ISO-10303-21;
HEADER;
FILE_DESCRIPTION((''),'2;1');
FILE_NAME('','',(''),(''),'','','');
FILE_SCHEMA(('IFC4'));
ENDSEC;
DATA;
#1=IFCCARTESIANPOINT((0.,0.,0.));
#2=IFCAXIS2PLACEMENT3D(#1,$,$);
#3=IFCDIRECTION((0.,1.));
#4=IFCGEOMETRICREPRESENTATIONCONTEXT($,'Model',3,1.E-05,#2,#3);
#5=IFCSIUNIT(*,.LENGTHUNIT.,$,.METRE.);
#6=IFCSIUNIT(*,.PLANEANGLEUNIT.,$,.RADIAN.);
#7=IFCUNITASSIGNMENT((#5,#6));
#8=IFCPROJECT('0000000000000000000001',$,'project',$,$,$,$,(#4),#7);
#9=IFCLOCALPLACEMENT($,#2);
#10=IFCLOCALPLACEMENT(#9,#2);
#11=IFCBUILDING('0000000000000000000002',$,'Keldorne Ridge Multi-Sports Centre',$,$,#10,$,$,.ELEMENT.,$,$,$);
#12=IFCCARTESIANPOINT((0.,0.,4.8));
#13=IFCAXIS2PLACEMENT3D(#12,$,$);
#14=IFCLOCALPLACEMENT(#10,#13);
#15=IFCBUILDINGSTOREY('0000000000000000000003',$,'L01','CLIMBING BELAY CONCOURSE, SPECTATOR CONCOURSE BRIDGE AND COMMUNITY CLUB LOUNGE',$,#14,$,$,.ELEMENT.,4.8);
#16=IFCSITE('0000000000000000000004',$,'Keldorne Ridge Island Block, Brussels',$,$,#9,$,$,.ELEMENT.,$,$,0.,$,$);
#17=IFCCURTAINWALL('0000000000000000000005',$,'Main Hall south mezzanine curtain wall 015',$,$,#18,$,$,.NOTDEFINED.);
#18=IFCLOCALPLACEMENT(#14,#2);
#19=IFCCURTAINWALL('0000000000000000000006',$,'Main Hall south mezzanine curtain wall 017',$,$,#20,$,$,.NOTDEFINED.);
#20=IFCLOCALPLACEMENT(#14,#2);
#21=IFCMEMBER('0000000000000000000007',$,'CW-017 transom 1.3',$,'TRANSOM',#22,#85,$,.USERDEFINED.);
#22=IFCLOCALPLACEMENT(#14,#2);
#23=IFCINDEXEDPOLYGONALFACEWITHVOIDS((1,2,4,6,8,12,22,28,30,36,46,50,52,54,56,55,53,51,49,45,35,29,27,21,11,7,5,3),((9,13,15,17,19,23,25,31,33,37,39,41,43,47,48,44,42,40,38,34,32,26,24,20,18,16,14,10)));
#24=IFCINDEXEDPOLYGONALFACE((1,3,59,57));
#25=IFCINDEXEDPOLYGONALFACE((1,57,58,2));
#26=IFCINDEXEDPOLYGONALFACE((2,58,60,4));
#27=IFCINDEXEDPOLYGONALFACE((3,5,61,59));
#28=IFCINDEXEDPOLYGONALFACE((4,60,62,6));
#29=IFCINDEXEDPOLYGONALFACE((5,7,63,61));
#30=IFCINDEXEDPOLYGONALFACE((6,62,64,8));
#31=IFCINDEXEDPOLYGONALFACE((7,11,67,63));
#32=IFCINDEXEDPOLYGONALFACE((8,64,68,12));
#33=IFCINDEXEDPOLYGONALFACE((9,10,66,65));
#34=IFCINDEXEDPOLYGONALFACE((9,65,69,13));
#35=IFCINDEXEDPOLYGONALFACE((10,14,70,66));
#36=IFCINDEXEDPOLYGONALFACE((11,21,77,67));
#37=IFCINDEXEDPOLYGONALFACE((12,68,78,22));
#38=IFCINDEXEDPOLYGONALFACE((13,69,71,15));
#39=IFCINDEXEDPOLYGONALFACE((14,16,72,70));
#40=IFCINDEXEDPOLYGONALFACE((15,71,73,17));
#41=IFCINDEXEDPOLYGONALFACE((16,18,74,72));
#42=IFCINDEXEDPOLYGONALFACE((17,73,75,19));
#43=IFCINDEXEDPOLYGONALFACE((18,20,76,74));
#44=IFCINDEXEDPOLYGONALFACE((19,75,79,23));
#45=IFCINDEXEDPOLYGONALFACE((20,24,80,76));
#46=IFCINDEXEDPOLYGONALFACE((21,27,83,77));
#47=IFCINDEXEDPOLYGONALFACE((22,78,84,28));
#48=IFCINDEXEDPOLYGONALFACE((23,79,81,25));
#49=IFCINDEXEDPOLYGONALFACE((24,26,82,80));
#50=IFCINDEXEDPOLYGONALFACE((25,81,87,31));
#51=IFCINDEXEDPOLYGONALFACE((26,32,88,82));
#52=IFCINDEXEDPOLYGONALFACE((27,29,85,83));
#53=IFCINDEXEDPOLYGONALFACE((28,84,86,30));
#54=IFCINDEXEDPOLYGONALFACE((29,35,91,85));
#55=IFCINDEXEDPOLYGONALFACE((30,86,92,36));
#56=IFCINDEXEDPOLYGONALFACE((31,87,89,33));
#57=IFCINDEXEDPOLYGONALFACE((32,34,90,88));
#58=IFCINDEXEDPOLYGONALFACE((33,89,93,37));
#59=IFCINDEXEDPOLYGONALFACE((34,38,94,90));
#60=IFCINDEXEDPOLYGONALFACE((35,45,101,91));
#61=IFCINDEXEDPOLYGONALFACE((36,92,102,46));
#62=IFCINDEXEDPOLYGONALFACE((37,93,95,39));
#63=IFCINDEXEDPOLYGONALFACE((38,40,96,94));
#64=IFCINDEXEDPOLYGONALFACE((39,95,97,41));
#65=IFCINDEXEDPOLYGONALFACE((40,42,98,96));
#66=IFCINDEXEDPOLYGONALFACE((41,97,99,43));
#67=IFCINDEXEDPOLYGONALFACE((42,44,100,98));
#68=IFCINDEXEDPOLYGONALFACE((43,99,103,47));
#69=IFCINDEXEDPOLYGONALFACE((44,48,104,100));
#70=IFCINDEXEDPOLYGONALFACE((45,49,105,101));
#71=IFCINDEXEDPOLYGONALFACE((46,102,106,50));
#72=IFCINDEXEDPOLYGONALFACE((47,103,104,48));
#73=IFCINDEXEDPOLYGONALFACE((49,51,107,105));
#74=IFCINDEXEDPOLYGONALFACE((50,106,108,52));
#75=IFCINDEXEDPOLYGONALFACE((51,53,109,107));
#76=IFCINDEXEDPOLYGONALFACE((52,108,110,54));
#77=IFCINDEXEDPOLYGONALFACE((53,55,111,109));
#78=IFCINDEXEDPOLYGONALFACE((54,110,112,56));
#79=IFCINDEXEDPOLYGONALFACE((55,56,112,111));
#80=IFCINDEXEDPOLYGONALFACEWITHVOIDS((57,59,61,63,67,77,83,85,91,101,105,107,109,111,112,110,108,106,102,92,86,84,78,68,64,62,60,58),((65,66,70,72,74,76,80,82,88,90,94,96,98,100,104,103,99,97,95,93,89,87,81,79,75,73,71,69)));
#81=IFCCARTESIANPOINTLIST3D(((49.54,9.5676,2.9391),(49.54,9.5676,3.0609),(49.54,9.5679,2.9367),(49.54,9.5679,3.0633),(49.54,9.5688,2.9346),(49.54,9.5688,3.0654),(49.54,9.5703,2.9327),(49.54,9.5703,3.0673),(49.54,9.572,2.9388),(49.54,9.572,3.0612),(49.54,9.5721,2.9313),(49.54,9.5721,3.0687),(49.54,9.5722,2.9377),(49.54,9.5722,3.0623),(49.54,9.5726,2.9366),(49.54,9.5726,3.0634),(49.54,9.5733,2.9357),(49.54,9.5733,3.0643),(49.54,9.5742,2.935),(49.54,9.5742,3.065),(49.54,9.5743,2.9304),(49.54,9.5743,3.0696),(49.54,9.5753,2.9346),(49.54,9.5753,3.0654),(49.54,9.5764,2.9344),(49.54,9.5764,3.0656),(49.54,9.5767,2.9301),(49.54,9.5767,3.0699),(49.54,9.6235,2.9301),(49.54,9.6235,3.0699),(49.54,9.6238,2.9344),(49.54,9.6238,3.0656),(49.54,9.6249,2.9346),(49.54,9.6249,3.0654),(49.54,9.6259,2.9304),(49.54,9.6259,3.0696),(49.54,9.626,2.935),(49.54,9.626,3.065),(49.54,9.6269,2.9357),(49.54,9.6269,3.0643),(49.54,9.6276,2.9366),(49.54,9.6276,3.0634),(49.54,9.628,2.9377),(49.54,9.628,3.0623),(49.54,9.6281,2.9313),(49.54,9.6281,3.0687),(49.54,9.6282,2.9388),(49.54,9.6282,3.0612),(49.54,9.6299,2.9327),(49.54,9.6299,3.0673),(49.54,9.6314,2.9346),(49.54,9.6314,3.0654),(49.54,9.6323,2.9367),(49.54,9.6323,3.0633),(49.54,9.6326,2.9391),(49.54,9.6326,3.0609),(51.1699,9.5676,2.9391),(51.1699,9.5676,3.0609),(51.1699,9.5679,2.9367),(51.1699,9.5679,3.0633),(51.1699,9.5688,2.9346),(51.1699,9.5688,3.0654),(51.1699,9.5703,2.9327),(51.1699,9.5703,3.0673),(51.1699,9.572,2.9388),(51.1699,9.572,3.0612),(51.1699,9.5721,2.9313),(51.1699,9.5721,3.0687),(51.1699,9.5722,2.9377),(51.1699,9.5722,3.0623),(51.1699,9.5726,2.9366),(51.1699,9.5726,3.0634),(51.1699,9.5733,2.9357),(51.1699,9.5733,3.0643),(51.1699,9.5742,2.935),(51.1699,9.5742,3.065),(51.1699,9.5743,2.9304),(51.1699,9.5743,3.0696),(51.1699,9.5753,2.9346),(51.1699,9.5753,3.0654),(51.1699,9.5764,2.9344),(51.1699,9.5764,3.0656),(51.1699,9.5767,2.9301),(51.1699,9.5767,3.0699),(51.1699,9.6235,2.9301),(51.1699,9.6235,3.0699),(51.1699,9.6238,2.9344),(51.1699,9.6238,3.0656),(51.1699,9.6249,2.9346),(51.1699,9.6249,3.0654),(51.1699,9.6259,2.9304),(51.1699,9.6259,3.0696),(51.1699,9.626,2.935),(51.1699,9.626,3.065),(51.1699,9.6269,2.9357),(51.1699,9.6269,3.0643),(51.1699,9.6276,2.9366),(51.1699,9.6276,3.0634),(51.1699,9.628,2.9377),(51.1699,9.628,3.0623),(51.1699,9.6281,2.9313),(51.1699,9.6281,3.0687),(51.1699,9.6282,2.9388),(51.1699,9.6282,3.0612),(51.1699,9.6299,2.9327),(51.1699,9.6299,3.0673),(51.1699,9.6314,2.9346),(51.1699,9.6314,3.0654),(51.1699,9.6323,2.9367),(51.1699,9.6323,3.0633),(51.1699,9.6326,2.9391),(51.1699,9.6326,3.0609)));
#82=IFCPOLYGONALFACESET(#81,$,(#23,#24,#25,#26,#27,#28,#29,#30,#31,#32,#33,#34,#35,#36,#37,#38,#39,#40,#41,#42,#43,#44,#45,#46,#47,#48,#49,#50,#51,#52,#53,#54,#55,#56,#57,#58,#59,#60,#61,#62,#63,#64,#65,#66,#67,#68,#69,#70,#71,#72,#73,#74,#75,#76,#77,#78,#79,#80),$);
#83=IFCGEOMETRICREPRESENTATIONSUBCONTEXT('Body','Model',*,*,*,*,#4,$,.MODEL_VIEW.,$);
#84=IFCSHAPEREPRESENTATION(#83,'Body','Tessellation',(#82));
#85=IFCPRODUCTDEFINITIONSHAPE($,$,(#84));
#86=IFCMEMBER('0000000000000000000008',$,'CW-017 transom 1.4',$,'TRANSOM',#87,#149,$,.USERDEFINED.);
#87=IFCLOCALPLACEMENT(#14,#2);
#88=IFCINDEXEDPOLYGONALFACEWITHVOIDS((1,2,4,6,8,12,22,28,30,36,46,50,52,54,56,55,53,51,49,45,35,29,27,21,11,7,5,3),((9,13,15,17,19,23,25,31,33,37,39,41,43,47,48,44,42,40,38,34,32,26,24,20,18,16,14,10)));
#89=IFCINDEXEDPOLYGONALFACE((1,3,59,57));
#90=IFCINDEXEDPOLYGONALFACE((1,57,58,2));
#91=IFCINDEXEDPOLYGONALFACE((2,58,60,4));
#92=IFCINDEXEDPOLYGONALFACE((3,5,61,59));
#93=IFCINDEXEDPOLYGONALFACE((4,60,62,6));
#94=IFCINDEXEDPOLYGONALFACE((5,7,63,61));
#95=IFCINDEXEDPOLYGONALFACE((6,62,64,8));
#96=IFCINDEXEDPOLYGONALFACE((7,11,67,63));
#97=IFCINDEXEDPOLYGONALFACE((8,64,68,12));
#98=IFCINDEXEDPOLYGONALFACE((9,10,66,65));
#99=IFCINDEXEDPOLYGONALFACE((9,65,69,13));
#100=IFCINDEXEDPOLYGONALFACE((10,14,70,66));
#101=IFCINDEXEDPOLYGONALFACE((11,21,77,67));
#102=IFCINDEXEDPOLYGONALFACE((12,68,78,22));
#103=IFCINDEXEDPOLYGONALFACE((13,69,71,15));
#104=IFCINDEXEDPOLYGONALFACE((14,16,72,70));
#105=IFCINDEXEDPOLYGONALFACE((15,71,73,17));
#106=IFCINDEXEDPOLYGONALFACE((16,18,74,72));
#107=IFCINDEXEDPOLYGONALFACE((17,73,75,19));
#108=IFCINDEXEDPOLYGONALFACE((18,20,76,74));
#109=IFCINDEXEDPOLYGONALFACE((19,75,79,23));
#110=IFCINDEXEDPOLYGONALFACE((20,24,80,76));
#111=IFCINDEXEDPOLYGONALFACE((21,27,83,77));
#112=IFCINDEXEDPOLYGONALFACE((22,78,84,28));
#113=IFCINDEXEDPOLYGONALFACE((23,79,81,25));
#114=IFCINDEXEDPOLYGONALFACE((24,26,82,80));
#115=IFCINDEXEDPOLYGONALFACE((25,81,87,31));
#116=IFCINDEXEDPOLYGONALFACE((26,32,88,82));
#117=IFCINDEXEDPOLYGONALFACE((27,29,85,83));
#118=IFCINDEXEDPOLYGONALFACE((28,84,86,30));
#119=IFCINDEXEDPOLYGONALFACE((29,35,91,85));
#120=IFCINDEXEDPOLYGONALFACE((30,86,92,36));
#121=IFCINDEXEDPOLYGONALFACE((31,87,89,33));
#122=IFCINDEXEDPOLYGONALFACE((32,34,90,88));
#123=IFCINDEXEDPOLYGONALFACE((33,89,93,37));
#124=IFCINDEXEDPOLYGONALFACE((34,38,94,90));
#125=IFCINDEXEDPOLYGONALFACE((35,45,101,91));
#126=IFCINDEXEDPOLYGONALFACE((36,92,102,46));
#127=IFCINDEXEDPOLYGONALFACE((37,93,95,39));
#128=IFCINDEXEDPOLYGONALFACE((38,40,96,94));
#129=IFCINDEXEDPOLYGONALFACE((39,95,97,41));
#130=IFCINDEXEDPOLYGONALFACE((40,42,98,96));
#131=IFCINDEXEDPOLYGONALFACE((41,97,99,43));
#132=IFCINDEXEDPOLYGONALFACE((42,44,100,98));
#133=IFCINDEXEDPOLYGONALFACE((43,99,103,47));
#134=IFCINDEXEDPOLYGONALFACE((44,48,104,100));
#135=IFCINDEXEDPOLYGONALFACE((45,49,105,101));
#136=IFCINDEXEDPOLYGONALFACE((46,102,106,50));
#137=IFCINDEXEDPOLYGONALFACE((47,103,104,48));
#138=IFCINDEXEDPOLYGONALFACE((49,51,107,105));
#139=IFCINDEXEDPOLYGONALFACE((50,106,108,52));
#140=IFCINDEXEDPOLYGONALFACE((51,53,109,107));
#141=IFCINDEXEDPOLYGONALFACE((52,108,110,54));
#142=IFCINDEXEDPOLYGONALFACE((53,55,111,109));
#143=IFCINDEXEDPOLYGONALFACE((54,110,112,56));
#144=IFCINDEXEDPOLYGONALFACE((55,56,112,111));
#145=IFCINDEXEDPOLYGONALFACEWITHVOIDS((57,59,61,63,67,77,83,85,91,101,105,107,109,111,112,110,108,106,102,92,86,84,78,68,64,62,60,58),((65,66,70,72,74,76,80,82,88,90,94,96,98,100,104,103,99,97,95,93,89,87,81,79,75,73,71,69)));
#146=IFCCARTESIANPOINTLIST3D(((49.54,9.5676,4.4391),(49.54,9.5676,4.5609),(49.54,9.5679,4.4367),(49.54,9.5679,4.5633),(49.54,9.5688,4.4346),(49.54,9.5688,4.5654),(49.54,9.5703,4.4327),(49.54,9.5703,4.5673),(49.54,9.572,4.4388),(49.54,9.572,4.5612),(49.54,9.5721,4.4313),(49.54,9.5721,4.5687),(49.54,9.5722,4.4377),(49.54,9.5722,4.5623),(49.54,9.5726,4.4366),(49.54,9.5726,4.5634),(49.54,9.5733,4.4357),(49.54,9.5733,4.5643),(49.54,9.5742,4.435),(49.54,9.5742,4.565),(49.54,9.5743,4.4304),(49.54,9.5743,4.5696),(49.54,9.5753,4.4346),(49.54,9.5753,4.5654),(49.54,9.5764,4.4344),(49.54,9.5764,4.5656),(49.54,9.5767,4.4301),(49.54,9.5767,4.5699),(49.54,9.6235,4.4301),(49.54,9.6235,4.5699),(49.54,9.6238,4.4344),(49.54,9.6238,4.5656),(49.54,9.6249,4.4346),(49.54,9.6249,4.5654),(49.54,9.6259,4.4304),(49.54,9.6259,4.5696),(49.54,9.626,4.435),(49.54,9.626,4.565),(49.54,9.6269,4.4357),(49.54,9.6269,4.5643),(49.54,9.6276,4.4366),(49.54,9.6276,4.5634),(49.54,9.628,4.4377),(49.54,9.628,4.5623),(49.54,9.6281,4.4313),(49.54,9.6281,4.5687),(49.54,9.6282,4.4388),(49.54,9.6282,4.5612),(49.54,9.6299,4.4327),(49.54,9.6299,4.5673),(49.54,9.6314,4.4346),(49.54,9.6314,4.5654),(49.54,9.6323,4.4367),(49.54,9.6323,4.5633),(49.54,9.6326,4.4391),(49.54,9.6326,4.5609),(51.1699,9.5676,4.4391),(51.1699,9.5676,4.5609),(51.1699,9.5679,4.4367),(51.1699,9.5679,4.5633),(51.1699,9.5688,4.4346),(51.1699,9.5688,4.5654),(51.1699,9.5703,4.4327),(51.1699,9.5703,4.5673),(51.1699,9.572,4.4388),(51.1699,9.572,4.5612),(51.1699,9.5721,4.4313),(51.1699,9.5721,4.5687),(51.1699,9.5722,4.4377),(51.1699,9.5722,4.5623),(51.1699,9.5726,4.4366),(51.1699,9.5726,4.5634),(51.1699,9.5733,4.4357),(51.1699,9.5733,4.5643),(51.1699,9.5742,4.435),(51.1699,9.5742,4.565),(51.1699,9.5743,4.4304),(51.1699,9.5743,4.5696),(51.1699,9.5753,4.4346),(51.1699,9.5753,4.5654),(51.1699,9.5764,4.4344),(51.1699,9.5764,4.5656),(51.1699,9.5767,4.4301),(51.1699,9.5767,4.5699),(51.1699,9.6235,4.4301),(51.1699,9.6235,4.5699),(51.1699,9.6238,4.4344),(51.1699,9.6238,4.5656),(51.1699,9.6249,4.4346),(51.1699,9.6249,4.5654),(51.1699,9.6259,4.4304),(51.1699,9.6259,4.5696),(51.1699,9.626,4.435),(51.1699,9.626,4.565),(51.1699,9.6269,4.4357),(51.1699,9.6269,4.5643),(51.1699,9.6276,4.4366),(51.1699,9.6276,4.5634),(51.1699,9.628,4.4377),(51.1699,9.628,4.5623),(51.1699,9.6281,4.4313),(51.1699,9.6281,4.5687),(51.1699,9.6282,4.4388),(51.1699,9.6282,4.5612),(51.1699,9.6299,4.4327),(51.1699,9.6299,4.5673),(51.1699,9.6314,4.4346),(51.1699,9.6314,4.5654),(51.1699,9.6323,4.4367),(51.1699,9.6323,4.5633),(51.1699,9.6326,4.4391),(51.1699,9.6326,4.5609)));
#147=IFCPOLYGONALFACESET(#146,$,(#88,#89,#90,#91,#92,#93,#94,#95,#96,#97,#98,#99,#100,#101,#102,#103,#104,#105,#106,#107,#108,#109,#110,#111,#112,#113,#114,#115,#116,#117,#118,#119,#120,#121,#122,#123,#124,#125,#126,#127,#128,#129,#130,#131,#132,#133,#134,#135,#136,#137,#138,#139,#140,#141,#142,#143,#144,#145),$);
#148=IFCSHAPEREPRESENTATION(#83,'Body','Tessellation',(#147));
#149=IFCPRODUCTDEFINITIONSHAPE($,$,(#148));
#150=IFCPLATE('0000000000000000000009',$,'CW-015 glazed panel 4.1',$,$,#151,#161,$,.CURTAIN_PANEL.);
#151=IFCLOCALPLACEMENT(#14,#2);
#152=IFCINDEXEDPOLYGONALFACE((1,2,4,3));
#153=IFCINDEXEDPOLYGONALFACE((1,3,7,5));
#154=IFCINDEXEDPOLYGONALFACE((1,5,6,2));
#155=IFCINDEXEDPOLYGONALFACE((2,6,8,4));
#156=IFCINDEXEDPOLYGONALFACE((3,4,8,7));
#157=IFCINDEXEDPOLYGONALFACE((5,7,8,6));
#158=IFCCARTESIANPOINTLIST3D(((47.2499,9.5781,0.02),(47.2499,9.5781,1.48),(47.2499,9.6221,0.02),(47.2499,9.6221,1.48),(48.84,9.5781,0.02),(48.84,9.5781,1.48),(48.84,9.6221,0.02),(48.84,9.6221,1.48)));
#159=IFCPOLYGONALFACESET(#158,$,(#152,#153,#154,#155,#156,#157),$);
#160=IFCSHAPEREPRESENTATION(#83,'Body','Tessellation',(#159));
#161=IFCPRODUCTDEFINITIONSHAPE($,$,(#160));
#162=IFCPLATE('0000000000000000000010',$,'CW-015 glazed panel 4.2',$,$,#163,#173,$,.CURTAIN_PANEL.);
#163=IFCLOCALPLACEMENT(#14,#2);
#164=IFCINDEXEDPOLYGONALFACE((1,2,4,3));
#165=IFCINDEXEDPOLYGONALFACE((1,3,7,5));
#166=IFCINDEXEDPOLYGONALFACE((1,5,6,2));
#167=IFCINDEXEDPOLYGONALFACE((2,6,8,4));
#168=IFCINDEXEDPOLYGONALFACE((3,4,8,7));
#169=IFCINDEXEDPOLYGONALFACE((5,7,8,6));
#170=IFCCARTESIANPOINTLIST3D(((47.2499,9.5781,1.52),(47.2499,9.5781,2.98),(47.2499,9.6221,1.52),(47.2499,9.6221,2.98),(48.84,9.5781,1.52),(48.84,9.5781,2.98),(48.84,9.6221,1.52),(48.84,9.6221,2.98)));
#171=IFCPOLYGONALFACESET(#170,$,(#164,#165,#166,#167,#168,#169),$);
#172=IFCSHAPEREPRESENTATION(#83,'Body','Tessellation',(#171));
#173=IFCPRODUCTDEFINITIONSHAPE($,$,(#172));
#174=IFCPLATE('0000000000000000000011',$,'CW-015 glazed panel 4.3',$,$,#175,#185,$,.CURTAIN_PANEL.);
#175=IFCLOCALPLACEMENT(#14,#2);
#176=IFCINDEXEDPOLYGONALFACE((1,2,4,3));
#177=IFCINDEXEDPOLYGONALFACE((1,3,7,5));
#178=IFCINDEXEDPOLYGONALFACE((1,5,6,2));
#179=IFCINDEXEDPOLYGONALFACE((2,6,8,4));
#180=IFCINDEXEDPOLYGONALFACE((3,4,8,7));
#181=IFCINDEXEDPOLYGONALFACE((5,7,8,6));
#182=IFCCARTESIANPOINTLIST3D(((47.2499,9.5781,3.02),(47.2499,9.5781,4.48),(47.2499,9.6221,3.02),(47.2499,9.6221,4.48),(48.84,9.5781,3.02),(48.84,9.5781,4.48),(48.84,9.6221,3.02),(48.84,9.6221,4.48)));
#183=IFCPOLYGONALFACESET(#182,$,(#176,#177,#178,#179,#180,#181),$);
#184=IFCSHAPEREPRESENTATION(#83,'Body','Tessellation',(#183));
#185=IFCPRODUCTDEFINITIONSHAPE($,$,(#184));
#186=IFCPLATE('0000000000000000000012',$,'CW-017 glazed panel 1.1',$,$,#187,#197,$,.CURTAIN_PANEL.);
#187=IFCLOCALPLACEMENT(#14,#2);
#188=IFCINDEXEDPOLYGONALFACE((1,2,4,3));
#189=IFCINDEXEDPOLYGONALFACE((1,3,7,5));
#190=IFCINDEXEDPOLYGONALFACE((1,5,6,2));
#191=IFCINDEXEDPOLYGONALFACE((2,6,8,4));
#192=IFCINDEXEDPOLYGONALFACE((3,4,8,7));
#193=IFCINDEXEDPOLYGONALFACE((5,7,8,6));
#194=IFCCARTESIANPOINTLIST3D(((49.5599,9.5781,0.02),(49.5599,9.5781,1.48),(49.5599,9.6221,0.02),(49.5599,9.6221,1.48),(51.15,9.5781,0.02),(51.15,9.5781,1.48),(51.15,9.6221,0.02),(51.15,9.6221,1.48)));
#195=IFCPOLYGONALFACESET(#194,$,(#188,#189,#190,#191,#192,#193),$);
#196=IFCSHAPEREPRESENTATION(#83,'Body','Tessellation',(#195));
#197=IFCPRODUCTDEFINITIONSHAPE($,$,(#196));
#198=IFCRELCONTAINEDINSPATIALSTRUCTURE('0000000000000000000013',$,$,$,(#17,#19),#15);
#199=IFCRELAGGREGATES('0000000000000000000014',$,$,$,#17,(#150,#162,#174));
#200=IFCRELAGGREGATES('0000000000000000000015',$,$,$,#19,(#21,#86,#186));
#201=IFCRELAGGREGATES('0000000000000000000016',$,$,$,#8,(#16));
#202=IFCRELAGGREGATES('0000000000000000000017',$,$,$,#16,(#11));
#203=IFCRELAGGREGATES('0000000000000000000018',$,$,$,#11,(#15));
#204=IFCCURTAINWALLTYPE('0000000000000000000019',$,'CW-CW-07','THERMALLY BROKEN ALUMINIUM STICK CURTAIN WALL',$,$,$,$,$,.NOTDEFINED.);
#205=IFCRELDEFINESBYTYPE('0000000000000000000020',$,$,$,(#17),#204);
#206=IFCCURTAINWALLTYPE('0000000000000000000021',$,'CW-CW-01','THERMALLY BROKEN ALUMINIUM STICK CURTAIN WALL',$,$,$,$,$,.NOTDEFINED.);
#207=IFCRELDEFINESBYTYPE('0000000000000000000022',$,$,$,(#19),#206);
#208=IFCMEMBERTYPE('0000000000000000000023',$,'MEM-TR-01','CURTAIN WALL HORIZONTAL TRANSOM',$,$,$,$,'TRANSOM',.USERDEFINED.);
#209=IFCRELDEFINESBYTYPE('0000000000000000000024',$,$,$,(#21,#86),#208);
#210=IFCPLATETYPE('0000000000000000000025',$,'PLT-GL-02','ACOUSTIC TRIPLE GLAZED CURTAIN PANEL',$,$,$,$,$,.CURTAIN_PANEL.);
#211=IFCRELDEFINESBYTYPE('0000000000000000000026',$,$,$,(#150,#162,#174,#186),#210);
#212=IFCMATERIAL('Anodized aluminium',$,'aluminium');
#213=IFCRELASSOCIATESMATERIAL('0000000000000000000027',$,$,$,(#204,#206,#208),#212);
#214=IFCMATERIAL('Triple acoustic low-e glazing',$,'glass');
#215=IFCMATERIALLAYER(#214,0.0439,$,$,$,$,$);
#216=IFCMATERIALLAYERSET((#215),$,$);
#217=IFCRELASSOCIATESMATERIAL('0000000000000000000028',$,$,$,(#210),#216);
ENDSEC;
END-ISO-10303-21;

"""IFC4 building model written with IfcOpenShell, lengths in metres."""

from ifc_helpers import new_model, si_unit, direction, frame, origin, origin_2d, place, context, subcontext, project, spatial, rectangle, hollow_rectangle, extrude, material, layer, layer_set, material_profile, profile_set, type_object, element, aggregate, save


model = new_model("IFC4")

# Units and contexts
model_context = context("Model", 3, precision=1e-05, world=origin(), true_north=direction((0.0, 1.0)))
body_context = subcontext(model_context, "Body", "Model", "MODEL_VIEW")
ifc_project = project(units=[si_unit("LENGTHUNIT", "METRE"), si_unit("PLANEANGLEUNIT", "RADIAN")], contexts=[model_context])

# Site, building, storey
site_placement = place(None, origin())
site = spatial("IfcSite", under=ifc_project, at=site_placement, Name="Keldorne Ridge Island Block, Brussels", CompositionType="ELEMENT", RefElevation=0.0)
building_placement = place(site_placement, origin())
building = spatial("IfcBuilding", under=site, at=building_placement, Name="Keldorne Ridge Multi-Sports Centre", CompositionType="ELEMENT")
storey_placement = place(building_placement, frame((0.0, 0.0, 4.8)))
storey = spatial("IfcBuildingStorey", under=building, at=storey_placement, Name="L01", Description="CLIMBING BELAY CONCOURSE, SPECTATOR CONCOURSE BRIDGE AND COMMUNITY CLUB LOUNGE", CompositionType="ELEMENT", Elevation=4.8)

# Curtain walls
ifc_material_1 = material(Name="Anodized aluminium", Category="aluminium")
curtain_wall_type_1 = type_object("IfcCurtainWallType", Name="CW-CW-07", Description="THERMALLY BROKEN ALUMINIUM STICK CURTAIN WALL", PredefinedType="NOTDEFINED", material=ifc_material_1)
curtain_wall_1_placement = place(storey_placement, origin())
curtain_wall_1 = element("IfcCurtainWall", 1, at=curtain_wall_1_placement, inside=storey, type_object=curtain_wall_type_1, Name="Main Hall south mezzanine curtain wall 015", PredefinedType="NOTDEFINED")
curtain_wall_type_2 = type_object("IfcCurtainWallType", Name="CW-CW-01", Description="THERMALLY BROKEN ALUMINIUM STICK CURTAIN WALL", PredefinedType="NOTDEFINED", material=ifc_material_1)
curtain_wall_2_placement = place(storey_placement, origin())
curtain_wall_2 = element("IfcCurtainWall", 2, at=curtain_wall_2_placement, inside=storey, type_object=curtain_wall_type_2, Name="Main Hall south mezzanine curtain wall 017", PredefinedType="NOTDEFINED")

# Members
ifc_material_profile_1 = material_profile(ifc_material_1, hollow_rectangle(XDim=0.0649, YDim=0.1399, WallThickness=0.0044, InnerFilletRadius=0.0044, OuterFilletRadius=0.009, at=origin_2d()), Name="ALU TRANSOM 140x65x4.5")
ifc_profile_set_1 = profile_set([ifc_material_profile_1], Name="Anodized aluminium")
member_type_1 = type_object("IfcMemberType", Name="MEM-TR-01", Description="CURTAIN WALL HORIZONTAL TRANSOM", ElementType="TRANSOM", PredefinedType="USERDEFINED", material=ifc_profile_set_1)
member_1_placement = place(storey_placement, frame((49.54, 9.6001, 3.0), z_axis=(1.0, 0.0, 0.0), x_axis=(0.0, 1.0, 0.0)))
member_1 = element("IfcMember", 3, at=member_1_placement, type_object=member_type_1, Name="CW-017 transom 1.3", ObjectType="TRANSOM", PredefinedType="USERDEFINED", context=body_context, shape_type="SweptSolid", body=[
    extrude(hollow_rectangle(XDim=0.0649, YDim=0.1399, WallThickness=0.0044, InnerFilletRadius=0.0044, OuterFilletRadius=0.009, at=origin_2d()), origin(), (0.0, 0.0, 1.0), 1.6299),
])
member_2_placement = place(storey_placement, frame((49.54, 9.6001, 4.5), z_axis=(1.0, 0.0, 0.0), x_axis=(0.0, 1.0, 0.0)))
member_2 = element("IfcMember", 4, at=member_2_placement, type_object=member_type_1, Name="CW-017 transom 1.4", ObjectType="TRANSOM", PredefinedType="USERDEFINED", context=body_context, shape_type="SweptSolid", body=[
    extrude(hollow_rectangle(XDim=0.0649, YDim=0.1399, WallThickness=0.0044, InnerFilletRadius=0.0044, OuterFilletRadius=0.009, at=origin_2d()), origin(), (0.0, 0.0, 1.0), 1.6299),
])

# Plates
ifc_material_2 = material(Name="Triple acoustic low-e glazing", Category="glass")
ifc_layer_1 = layer(ifc_material_2, 0.0439)
ifc_layer_set_1 = layer_set([ifc_layer_1])
plate_type = type_object("IfcPlateType", Name="PLT-GL-02", Description="ACOUSTIC TRIPLE GLAZED CURTAIN PANEL", PredefinedType="CURTAIN_PANEL", material=ifc_layer_set_1)
plate_1_placement = place(storey_placement, frame((48.0449, 9.6001, 0.02), z_axis=(0.0, 0.0, 1.0), x_axis=(1.0, 0.0, 0.0)))
plate_1 = element("IfcPlate", 5, at=plate_1_placement, type_object=plate_type, Name="CW-015 glazed panel 4.1", PredefinedType="CURTAIN_PANEL", context=body_context, shape_type="SweptSolid", body=[
    extrude(rectangle(XDim=1.5901, YDim=0.0439, at=origin_2d()), origin(), (0.0, 0.0, 1.0), 1.46),
])
plate_2_placement = place(storey_placement, frame((48.0449, 9.6001, 1.52), z_axis=(0.0, 0.0, 1.0), x_axis=(1.0, 0.0, 0.0)))
plate_2 = element("IfcPlate", 6, at=plate_2_placement, type_object=plate_type, Name="CW-015 glazed panel 4.2", PredefinedType="CURTAIN_PANEL", context=body_context, shape_type="SweptSolid", body=[
    extrude(rectangle(XDim=1.5901, YDim=0.0439, at=origin_2d()), origin(), (0.0, 0.0, 1.0), 1.46),
])
plate_3_placement = place(storey_placement, frame((48.0449, 9.6001, 3.02), z_axis=(0.0, 0.0, 1.0), x_axis=(1.0, 0.0, 0.0)))
plate_3 = element("IfcPlate", 7, at=plate_3_placement, type_object=plate_type, Name="CW-015 glazed panel 4.3", PredefinedType="CURTAIN_PANEL", context=body_context, shape_type="SweptSolid", body=[
    extrude(rectangle(XDim=1.5901, YDim=0.0439, at=origin_2d()), origin(), (0.0, 0.0, 1.0), 1.46),
])
aggregate(curtain_wall_1, [plate_1, plate_2, plate_3])
plate_4_placement = place(storey_placement, frame((50.355, 9.6001, 0.02), z_axis=(0.0, 0.0, 1.0), x_axis=(1.0, 0.0, 0.0)))
plate_4 = element("IfcPlate", 8, at=plate_4_placement, type_object=plate_type, Name="CW-017 glazed panel 1.1", PredefinedType="CURTAIN_PANEL", context=body_context, shape_type="SweptSolid", body=[
    extrude(rectangle(XDim=1.5901, YDim=0.0439, at=origin_2d()), origin(), (0.0, 0.0, 1.0), 1.46),
])
aggregate(curtain_wall_2, [member_1, member_2, plate_4])

save(model, "model.ifc")
